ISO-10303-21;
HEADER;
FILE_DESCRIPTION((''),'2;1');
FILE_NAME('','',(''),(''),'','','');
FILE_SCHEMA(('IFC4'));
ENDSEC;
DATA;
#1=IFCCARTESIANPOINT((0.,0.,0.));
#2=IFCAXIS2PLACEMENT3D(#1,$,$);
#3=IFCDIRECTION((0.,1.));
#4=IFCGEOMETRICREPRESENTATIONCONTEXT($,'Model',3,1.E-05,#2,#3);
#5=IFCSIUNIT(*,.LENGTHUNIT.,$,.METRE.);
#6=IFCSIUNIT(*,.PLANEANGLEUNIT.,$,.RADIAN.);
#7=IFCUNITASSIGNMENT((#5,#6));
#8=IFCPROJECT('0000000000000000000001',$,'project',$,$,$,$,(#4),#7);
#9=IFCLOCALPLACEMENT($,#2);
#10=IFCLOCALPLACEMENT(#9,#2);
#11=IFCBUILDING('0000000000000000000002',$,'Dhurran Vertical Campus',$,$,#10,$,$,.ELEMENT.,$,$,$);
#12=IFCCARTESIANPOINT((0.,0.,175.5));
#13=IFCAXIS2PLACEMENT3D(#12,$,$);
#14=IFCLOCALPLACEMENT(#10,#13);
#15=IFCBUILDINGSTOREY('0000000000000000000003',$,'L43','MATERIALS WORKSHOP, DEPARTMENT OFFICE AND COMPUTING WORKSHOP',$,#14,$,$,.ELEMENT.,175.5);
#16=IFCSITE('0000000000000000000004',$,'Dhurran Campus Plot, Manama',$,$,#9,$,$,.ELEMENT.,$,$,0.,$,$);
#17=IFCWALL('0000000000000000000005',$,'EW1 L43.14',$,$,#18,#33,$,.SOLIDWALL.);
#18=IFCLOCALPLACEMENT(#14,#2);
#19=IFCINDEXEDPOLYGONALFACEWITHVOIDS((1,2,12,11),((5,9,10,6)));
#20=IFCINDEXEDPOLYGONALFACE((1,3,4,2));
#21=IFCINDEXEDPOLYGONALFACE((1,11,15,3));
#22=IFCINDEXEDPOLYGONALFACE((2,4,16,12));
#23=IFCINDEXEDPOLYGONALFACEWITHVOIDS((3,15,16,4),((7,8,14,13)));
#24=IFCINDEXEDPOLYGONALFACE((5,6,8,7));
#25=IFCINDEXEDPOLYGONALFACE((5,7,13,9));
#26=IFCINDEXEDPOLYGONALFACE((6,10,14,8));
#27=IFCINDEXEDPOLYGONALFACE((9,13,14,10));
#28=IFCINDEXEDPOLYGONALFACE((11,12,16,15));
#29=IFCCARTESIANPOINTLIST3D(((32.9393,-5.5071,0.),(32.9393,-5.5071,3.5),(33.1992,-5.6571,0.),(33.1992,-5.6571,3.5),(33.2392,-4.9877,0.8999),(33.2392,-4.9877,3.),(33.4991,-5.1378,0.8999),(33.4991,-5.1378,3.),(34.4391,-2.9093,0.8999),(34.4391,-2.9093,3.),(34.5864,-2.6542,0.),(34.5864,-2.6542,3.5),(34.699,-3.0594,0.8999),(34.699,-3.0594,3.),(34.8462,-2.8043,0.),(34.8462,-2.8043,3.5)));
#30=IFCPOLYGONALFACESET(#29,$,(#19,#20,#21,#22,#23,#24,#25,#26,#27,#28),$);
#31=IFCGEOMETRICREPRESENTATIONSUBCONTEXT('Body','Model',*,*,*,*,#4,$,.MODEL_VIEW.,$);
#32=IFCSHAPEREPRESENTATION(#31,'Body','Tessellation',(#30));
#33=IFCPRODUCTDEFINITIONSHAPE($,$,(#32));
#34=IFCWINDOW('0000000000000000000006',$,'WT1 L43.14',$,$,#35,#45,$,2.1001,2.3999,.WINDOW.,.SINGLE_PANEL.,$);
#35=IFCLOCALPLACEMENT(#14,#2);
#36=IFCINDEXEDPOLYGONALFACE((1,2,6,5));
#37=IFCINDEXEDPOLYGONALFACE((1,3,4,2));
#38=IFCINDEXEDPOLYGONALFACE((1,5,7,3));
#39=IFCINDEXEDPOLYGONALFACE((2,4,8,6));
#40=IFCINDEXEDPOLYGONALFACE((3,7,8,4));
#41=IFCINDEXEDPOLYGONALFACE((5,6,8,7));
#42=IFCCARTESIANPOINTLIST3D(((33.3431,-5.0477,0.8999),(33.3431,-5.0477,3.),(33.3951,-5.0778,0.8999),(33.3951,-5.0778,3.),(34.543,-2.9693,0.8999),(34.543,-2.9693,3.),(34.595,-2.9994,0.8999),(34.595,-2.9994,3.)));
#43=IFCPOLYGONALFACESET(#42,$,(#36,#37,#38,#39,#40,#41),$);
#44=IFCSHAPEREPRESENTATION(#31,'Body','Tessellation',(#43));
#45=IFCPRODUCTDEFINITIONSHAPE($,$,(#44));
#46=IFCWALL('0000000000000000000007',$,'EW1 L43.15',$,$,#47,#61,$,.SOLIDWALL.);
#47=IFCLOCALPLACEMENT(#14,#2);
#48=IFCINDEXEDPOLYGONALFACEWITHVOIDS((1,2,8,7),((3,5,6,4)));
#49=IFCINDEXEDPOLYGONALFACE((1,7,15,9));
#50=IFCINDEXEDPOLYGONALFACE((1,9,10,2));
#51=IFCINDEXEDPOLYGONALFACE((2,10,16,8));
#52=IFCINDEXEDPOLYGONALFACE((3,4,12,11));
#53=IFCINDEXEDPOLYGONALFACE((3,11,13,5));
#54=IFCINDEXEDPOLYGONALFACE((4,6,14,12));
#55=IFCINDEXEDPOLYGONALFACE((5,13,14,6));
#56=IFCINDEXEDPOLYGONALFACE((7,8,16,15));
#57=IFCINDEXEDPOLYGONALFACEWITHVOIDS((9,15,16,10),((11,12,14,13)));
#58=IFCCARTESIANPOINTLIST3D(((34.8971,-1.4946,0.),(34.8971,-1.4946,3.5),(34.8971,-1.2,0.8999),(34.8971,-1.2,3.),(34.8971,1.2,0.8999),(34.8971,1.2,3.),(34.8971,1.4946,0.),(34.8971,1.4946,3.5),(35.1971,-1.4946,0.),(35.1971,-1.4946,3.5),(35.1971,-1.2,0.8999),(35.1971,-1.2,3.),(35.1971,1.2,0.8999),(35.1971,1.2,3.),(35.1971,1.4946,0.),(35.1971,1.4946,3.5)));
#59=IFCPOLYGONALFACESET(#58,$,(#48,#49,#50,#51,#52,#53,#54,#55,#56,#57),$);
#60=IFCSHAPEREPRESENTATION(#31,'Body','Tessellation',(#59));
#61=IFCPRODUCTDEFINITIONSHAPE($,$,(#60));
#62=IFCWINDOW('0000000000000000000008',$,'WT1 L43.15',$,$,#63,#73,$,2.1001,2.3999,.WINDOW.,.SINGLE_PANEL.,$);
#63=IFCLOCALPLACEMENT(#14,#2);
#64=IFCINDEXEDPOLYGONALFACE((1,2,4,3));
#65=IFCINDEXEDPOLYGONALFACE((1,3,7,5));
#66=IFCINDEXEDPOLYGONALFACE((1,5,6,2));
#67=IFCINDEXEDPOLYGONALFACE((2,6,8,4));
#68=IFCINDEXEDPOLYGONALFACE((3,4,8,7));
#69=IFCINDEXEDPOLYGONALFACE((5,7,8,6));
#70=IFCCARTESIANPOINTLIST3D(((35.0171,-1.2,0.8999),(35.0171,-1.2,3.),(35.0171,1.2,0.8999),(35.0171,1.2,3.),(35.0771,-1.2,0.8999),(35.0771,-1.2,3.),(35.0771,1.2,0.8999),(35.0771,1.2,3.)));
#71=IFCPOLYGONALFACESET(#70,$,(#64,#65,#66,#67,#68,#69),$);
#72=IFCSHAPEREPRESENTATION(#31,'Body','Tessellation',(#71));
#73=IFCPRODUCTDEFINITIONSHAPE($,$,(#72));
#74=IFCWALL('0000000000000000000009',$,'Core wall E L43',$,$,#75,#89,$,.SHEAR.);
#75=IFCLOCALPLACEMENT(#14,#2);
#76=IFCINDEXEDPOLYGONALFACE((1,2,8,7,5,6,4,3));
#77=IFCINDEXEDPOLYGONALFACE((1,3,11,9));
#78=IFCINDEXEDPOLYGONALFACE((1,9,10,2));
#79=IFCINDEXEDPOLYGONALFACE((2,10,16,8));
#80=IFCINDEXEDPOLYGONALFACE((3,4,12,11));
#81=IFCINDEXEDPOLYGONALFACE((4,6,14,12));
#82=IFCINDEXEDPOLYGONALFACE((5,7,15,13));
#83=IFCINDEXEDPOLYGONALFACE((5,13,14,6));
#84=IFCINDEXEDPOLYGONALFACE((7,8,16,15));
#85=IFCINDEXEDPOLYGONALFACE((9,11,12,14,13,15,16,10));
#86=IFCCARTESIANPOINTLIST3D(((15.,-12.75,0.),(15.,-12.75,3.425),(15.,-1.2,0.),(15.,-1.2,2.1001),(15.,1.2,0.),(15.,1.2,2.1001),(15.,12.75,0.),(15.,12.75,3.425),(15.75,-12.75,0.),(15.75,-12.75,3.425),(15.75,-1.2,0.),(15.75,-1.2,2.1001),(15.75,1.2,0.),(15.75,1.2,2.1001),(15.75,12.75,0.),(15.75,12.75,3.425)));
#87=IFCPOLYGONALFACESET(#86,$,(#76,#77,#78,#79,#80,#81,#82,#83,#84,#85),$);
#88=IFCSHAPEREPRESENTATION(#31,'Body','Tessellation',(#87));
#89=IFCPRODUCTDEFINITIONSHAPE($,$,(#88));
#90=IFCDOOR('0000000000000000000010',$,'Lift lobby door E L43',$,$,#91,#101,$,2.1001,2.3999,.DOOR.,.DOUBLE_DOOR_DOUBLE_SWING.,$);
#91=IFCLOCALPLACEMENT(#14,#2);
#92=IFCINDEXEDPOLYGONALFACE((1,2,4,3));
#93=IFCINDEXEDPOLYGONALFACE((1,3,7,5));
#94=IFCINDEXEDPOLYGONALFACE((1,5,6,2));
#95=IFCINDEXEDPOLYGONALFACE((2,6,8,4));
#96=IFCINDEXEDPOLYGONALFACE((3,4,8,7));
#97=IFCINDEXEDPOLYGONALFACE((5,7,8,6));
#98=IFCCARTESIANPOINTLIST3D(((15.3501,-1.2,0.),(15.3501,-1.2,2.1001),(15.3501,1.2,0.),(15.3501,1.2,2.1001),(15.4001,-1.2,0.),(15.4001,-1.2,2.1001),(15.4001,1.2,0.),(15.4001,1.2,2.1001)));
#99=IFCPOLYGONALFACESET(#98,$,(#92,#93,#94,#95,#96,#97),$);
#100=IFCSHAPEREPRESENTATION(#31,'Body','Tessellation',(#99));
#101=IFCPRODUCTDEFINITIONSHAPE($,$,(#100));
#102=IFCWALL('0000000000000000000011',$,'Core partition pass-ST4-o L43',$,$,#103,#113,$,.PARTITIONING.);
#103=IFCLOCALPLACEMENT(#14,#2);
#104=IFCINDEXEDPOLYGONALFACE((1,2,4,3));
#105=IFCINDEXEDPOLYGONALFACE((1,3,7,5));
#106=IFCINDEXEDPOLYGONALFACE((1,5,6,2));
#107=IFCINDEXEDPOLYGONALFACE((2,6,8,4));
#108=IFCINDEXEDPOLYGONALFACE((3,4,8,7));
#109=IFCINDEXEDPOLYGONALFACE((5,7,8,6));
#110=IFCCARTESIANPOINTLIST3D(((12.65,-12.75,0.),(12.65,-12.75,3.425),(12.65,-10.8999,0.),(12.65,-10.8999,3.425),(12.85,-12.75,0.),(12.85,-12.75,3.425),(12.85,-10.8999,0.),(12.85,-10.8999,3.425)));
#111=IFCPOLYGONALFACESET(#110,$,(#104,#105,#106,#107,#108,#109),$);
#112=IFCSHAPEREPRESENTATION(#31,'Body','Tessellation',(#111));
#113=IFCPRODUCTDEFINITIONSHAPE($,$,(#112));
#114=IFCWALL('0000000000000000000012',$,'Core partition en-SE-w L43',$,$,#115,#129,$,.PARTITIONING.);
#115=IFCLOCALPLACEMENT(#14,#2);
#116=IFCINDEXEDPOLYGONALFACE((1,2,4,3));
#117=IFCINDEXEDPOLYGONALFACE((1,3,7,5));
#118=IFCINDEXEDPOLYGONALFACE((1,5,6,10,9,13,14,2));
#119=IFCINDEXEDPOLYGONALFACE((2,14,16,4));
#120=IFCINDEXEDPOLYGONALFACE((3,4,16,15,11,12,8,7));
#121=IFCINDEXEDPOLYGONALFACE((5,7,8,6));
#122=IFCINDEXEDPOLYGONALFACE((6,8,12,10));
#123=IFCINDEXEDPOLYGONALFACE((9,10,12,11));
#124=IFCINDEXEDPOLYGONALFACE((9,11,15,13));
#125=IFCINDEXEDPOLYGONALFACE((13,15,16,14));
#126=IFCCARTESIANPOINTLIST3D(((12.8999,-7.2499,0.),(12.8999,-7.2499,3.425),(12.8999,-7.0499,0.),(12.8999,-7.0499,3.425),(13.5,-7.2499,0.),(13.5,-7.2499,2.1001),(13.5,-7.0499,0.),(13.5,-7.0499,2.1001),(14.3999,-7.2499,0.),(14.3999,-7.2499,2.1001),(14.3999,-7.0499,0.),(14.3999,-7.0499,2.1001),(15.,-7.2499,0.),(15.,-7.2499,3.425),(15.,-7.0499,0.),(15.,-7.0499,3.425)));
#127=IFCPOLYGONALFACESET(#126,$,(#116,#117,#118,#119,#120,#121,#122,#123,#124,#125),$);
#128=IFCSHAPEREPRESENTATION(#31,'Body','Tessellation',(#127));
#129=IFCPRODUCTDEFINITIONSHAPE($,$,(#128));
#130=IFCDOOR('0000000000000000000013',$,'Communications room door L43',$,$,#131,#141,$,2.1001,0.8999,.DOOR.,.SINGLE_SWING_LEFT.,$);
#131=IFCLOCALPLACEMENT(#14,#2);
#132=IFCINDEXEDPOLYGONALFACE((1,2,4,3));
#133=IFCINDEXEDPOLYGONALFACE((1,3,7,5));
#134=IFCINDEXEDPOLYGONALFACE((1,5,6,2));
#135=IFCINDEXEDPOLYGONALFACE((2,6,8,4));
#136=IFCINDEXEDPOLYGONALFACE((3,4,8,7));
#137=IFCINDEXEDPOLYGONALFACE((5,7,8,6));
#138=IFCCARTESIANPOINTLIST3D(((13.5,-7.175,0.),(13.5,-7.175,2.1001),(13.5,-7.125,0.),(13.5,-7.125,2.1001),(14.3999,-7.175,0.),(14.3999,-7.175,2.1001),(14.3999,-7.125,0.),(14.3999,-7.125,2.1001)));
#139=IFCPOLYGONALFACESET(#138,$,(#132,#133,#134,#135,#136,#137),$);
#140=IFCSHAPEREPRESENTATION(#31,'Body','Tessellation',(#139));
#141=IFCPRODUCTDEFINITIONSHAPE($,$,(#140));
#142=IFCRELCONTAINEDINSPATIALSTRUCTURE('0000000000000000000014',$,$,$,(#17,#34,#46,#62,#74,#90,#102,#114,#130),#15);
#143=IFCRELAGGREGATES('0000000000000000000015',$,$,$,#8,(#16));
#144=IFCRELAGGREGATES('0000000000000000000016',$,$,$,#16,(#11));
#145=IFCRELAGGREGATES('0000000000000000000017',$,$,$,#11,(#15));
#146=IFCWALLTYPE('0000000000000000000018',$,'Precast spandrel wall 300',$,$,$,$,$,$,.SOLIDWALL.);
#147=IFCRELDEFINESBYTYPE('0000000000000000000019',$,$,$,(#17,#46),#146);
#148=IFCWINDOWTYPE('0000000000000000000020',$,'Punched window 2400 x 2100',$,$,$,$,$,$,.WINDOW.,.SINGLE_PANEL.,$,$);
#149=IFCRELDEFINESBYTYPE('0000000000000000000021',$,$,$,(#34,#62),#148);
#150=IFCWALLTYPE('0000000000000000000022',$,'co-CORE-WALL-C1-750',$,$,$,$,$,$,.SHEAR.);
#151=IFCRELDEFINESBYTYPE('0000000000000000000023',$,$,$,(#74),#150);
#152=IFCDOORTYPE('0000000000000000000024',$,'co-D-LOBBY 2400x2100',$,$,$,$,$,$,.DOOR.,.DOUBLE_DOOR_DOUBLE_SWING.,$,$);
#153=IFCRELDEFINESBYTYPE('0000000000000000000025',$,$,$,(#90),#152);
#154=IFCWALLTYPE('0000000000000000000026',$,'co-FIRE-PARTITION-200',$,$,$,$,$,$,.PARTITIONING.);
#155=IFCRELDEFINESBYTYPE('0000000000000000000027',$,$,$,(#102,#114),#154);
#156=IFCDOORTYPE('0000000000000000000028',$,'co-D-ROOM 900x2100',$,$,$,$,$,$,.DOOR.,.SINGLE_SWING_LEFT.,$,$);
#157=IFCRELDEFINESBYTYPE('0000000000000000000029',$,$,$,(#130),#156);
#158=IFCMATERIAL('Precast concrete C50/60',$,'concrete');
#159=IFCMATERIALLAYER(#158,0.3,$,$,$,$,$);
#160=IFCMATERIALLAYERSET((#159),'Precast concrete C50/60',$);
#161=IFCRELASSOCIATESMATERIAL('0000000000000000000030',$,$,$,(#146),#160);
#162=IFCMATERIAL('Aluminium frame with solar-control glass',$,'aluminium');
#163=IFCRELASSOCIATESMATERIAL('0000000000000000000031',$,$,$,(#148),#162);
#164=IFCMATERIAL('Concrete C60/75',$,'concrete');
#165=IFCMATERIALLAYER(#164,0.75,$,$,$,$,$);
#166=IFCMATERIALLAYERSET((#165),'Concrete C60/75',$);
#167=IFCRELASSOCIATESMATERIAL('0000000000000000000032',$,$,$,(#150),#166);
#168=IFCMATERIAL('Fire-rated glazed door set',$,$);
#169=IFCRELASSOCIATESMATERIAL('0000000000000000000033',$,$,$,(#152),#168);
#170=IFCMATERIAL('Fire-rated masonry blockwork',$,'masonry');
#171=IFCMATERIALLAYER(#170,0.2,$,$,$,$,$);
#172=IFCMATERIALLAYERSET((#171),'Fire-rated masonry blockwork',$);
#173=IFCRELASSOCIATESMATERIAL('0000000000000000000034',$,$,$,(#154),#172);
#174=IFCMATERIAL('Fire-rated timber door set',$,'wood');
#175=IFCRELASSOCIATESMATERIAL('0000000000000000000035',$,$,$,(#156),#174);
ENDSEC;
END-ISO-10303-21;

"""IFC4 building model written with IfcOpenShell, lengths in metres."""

from ifc_helpers import new_model, si_unit, direction, frame, frame_2d, origin, place, context, subcontext, project, spatial, rectangle, extrude, material, layer, layer_set, type_object, element, fill, save


model = new_model("IFC4")

# Units and contexts
model_context = context("Model", 3, precision=1e-05, world=origin(), true_north=direction((0.0, 1.0)))
body_context = subcontext(model_context, "Body", "Model", "MODEL_VIEW")
ifc_project = project(units=[si_unit("LENGTHUNIT", "METRE"), si_unit("PLANEANGLEUNIT", "RADIAN")], contexts=[model_context])

# Site, building, storey
site_placement = place(None, origin())
site = spatial("IfcSite", under=ifc_project, at=site_placement, Name="Dhurran Campus Plot, Manama", CompositionType="ELEMENT", RefElevation=0.0)
building_placement = place(site_placement, origin())
building = spatial("IfcBuilding", under=site, at=building_placement, Name="Dhurran Vertical Campus", CompositionType="ELEMENT")
storey_placement = place(building_placement, frame((0.0, 0.0, 175.5)))
storey = spatial("IfcBuildingStorey", under=building, at=storey_placement, Name="L43", Description="MATERIALS WORKSHOP, DEPARTMENT OFFICE AND COMPUTING WORKSHOP", CompositionType="ELEMENT", Elevation=175.5)

# Walls, openings, windows
ifc_material_1 = material(Name="Precast concrete C50/60", Category="concrete")
ifc_layer_1 = layer(ifc_material_1, 0.3)
ifc_layer_set_1 = layer_set([ifc_layer_1], Name="Precast concrete C50/60")
wall_type_1 = type_object("IfcWallType", Name="Precast spandrel wall 300", PredefinedType="SOLIDWALL", material=ifc_layer_set_1)
ifc_material_2 = material(Name="Aluminium frame with solar-control glass", Category="aluminium")
window_type = type_object("IfcWindowType", Name="Punched window 2400 x 2100", PartitioningType="SINGLE_PANEL", PredefinedType="WINDOW", material=ifc_material_2)
wall_1_placement = place(storey_placement, frame((33.0693, -5.582, 0.0), z_axis=(0.0, 0.0, 1.0), x_axis=(0.499981, 0.866036, 0.0)))
wall_1 = element("IfcWall", 1, at=wall_1_placement, inside=storey, type_object=wall_type_1, Name="EW1 L43.14", PredefinedType="SOLIDWALL", context=body_context, shape_type="SweptSolid", body=[
    extrude(rectangle(XDim=3.2942, YDim=0.3, at=frame_2d((1.647, 0.0))), origin(), (0.0, 0.0, 1.0), 3.5),
])
opening_1_placement = place(wall_1_placement, frame((0.5996, 0.0, 0.8999)))
opening_1 = element("IfcOpeningElement", 2, at=opening_1_placement, cuts=wall_1, PredefinedType="OPENING", context=body_context, shape_type="SweptSolid", body=[
    extrude(rectangle(XDim=2.3999, YDim=2.1001, at=frame_2d((1.2, 1.05))), frame((0.0, 0.1599, 0.0), z_axis=(0.0, -1.0, 0.0), x_axis=(1.0, 0.0, 0.0)), (0.0, 0.0, 1.0), 0.3201),
])
window_1_placement = place(opening_1_placement, origin())
window_1 = element("IfcWindow", 3, at=window_1_placement, inside=storey, type_object=window_type, Name="WT1 L43.14", OverallHeight=2.1001, OverallWidth=2.3999, PartitioningType="SINGLE_PANEL", PredefinedType="WINDOW", context=body_context, shape_type="SweptSolid", body=[
    extrude(rectangle(XDim=2.3999, YDim=2.1001, at=frame_2d((1.2, 1.05))), frame((0.0, 0.03, 0.0), z_axis=(0.0, -1.0, 0.0), x_axis=(1.0, 0.0, 0.0)), (0.0, 0.0, 1.0), 0.0601),
])
fill(opening_1, window_1)
wall_2_placement = place(storey_placement, frame((35.0471, -1.4946, 0.0), z_axis=(0.0, 0.0, 1.0), x_axis=(0.0, 1.0, 0.0)))
wall_2 = element("IfcWall", 4, at=wall_2_placement, inside=storey, type_object=wall_type_1, Name="EW1 L43.15", PredefinedType="SOLIDWALL", context=body_context, shape_type="SweptSolid", body=[
    extrude(rectangle(XDim=2.9893, YDim=0.3, at=frame_2d((1.4946, 0.0))), origin(), (0.0, 0.0, 1.0), 3.5),
])
opening_2_placement = place(wall_2_placement, frame((0.2947, 0.0, 0.8999)))
opening_2 = element("IfcOpeningElement", 5, at=opening_2_placement, cuts=wall_2, PredefinedType="OPENING", context=body_context, shape_type="SweptSolid", body=[
    extrude(rectangle(XDim=2.3999, YDim=2.1001, at=frame_2d((1.2, 1.05))), frame((0.0, 0.1599, 0.0), z_axis=(0.0, -1.0, 0.0), x_axis=(1.0, 0.0, 0.0)), (0.0, 0.0, 1.0), 0.3201),
])
window_2_placement = place(opening_2_placement, origin())
window_2 = element("IfcWindow", 6, at=window_2_placement, inside=storey, type_object=window_type, Name="WT1 L43.15", OverallHeight=2.1001, OverallWidth=2.3999, PartitioningType="SINGLE_PANEL", PredefinedType="WINDOW", context=body_context, shape_type="SweptSolid", body=[
    extrude(rectangle(XDim=2.3999, YDim=2.1001, at=frame_2d((1.2, 1.05))), frame((0.0, 0.03, 0.0), z_axis=(0.0, -1.0, 0.0), x_axis=(1.0, 0.0, 0.0)), (0.0, 0.0, 1.0), 0.0601),
])
fill(opening_2, window_2)

# Wall, opening, door
ifc_material_3 = material(Name="Concrete C60/75", Category="concrete")
ifc_layer_2 = layer(ifc_material_3, 0.75)
ifc_layer_set_2 = layer_set([ifc_layer_2], Name="Concrete C60/75")
wall_type_2 = type_object("IfcWallType", Name="co-CORE-WALL-C1-750", PredefinedType="SHEAR", material=ifc_layer_set_2)
wall_3_placement = place(storey_placement, frame((15.375, -12.75, 0.0), z_axis=(0.0, 0.0, 1.0), x_axis=(0.0, 1.0, 0.0)))
wall_3 = element("IfcWall", 7, at=wall_3_placement, inside=storey, type_object=wall_type_2, Name="Core wall E L43", PredefinedType="SHEAR", context=body_context, shape_type="SweptSolid", body=[
    extrude(rectangle(XDim=25.5, YDim=0.75, at=frame_2d((12.75, 0.0))), origin(), (0.0, 0.0, 1.0), 3.425),
])
opening_3_placement = place(wall_3_placement, frame((11.55, 0.0, 0.0)))
opening_3 = element("IfcOpeningElement", 8, at=opening_3_placement, cuts=wall_3, PredefinedType="OPENING", context=body_context, shape_type="SweptSolid", body=[
    extrude(rectangle(XDim=2.3999, YDim=2.1001, at=frame_2d((1.2, 1.05))), frame((0.0, 0.385, 0.0), z_axis=(0.0, -1.0, 0.0), x_axis=(1.0, 0.0, 0.0)), (0.0, 0.0, 1.0), 0.77),
])
ifc_material_4 = material(Name="Fire-rated glazed door set")
door_type_1 = type_object("IfcDoorType", Name="co-D-LOBBY 2400x2100", OperationType="DOUBLE_DOOR_DOUBLE_SWING", PredefinedType="DOOR", material=ifc_material_4)
door_1_placement = place(opening_3_placement, origin())
door_1 = element("IfcDoor", 9, at=door_1_placement, inside=storey, type_object=door_type_1, Name="Lift lobby door E L43", OperationType="DOUBLE_DOOR_DOUBLE_SWING", OverallHeight=2.1001, OverallWidth=2.3999, PredefinedType="DOOR", context=body_context, shape_type="SweptSolid", body=[
    extrude(rectangle(XDim=2.3999, YDim=2.1001, at=frame_2d((1.2, 1.05))), frame((0.0, 0.0249, 0.0), z_axis=(0.0, -1.0, 0.0), x_axis=(1.0, 0.0, 0.0)), (0.0, 0.0, 1.0), 0.05),
])
fill(opening_3, door_1)

# Wall
ifc_material_5 = material(Name="Fire-rated masonry blockwork", Category="masonry")
ifc_layer_3 = layer(ifc_material_5, 0.2)
ifc_layer_set_3 = layer_set([ifc_layer_3], Name="Fire-rated masonry blockwork")
wall_type_3 = type_object("IfcWallType", Name="co-FIRE-PARTITION-200", PredefinedType="PARTITIONING", material=ifc_layer_set_3)
wall_4_placement = place(storey_placement, frame((12.75, -12.75, 0.0), z_axis=(0.0, 0.0, 1.0), x_axis=(0.0, 1.0, 0.0)))
element("IfcWall", 10, at=wall_4_placement, inside=storey, type_object=wall_type_3, Name="Core partition pass-ST4-o L43", PredefinedType="PARTITIONING", context=body_context, shape_type="SweptSolid", body=[
    extrude(rectangle(XDim=1.8501, YDim=0.2, at=frame_2d((0.925, 0.0))), origin(), (0.0, 0.0, 1.0), 3.425),
])

# Wall, opening, door
wall_5_placement = place(storey_placement, frame((12.8999, -7.1499, 0.0), z_axis=(0.0, 0.0, 1.0), x_axis=(1.0, 0.0, 0.0)))
wall_5 = element("IfcWall", 11, at=wall_5_placement, inside=storey, type_object=wall_type_3, Name="Core partition en-SE-w L43", PredefinedType="PARTITIONING", context=body_context, shape_type="SweptSolid", body=[
    extrude(rectangle(XDim=2.1001, YDim=0.2, at=frame_2d((1.05, 0.0))), origin(), (0.0, 0.0, 1.0), 3.425),
])
opening_4_placement = place(wall_5_placement, frame((0.6001, 0.0, 0.0)))
opening_4 = element("IfcOpeningElement", 12, at=opening_4_placement, cuts=wall_5, PredefinedType="OPENING", context=body_context, shape_type="SweptSolid", body=[
    extrude(rectangle(XDim=0.8999, YDim=2.1001, at=frame_2d((0.45, 1.05))), frame((0.0, 0.1099, 0.0), z_axis=(0.0, -1.0, 0.0), x_axis=(1.0, 0.0, 0.0)), (0.0, 0.0, 1.0), 0.22),
])
ifc_material_6 = material(Name="Fire-rated timber door set", Category="wood")
door_type_2 = type_object("IfcDoorType", Name="co-D-ROOM 900x2100", OperationType="SINGLE_SWING_LEFT", PredefinedType="DOOR", material=ifc_material_6)
door_2_placement = place(opening_4_placement, origin())
door_2 = element("IfcDoor", 13, at=door_2_placement, inside=storey, type_object=door_type_2, Name="Communications room door L43", OperationType="SINGLE_SWING_LEFT", OverallHeight=2.1001, OverallWidth=0.8999, PredefinedType="DOOR", context=body_context, shape_type="SweptSolid", body=[
    extrude(rectangle(XDim=0.8999, YDim=2.1001, at=frame_2d((0.45, 1.05))), frame((0.0, 0.0249, 0.0), z_axis=(0.0, -1.0, 0.0), x_axis=(1.0, 0.0, 0.0)), (0.0, 0.0, 1.0), 0.05),
])
fill(opening_4, door_2)

save(model, "model.ifc")
